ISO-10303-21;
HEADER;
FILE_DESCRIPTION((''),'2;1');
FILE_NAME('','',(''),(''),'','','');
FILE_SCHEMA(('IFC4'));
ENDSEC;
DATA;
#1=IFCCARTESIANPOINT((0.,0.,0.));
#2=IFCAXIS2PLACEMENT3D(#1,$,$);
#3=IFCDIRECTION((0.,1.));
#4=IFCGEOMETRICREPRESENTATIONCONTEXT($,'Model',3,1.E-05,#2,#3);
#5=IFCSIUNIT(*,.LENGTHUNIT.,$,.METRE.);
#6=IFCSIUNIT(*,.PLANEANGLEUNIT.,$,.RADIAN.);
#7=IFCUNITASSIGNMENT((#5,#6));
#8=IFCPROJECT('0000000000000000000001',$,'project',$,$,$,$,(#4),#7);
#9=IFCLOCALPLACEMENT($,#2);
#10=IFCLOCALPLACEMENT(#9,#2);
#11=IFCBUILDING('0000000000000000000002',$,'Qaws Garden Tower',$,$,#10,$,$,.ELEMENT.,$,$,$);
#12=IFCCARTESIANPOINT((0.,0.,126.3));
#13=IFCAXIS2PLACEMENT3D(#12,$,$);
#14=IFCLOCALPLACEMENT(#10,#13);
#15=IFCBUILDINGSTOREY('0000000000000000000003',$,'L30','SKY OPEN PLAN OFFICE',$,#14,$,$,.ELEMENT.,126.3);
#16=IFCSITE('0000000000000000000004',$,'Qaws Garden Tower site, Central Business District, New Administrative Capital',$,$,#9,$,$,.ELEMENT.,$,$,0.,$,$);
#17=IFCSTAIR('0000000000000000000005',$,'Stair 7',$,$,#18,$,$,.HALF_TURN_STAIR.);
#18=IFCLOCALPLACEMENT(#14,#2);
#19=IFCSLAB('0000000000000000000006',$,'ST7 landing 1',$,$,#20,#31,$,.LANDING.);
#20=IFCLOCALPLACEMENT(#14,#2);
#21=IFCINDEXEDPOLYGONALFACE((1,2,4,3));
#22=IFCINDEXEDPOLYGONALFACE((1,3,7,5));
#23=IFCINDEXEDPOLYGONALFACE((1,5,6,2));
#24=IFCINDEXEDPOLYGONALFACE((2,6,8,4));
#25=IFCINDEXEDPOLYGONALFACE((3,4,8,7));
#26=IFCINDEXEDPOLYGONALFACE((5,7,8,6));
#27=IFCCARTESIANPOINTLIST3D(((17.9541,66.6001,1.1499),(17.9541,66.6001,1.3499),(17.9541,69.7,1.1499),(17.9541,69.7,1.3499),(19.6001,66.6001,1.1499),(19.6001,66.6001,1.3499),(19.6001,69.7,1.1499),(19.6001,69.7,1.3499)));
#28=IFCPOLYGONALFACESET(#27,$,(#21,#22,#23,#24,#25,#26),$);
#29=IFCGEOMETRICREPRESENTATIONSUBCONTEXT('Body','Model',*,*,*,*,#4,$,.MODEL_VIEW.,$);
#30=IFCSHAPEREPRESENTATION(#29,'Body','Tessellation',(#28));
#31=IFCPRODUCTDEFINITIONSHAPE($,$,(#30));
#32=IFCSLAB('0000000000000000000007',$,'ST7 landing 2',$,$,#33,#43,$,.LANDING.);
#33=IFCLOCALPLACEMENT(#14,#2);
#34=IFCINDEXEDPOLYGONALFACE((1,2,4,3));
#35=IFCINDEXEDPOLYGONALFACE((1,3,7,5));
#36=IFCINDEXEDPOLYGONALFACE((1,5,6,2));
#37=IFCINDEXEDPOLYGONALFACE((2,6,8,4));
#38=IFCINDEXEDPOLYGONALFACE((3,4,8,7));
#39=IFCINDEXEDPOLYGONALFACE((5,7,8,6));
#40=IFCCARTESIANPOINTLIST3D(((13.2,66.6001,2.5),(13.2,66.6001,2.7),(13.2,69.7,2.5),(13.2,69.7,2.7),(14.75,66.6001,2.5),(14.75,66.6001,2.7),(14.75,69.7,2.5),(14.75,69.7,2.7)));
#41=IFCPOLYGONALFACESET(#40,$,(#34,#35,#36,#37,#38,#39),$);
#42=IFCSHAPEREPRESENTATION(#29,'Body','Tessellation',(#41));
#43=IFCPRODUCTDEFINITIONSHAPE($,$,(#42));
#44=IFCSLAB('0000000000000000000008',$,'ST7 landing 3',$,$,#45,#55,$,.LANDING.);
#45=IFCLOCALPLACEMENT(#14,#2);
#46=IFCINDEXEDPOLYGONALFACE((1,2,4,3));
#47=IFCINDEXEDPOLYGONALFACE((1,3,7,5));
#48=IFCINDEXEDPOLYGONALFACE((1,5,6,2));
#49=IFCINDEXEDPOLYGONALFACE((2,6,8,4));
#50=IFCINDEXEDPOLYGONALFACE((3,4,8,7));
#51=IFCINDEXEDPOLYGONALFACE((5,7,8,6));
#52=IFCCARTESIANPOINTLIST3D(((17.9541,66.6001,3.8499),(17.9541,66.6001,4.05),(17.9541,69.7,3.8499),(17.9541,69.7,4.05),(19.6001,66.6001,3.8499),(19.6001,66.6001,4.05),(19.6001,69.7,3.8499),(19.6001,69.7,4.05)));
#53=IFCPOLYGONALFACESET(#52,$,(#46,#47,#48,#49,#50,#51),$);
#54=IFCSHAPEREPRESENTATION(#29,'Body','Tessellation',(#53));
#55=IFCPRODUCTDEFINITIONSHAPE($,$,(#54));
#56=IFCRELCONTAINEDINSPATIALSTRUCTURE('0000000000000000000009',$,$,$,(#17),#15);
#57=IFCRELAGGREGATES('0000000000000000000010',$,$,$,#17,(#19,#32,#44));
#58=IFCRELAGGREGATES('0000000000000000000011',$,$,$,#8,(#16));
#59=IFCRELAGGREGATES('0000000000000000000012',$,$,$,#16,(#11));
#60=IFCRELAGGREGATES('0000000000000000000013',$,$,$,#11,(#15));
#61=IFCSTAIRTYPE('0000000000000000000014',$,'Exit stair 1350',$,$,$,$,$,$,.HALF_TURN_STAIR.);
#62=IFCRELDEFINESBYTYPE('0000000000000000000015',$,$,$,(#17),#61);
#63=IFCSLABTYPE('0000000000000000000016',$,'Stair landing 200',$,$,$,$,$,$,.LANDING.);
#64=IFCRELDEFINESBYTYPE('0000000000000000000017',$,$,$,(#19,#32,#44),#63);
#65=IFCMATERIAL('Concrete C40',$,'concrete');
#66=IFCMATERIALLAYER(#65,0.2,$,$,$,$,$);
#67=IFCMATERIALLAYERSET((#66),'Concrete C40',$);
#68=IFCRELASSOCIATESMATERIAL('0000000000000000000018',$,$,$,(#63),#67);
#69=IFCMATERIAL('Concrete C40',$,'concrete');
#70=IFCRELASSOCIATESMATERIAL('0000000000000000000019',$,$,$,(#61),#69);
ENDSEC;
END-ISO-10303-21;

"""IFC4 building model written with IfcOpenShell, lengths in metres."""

from ifc_helpers import new_model, si_unit, direction, frame, origin, place, context, subcontext, project, spatial, polyline, outline, extrude, material, layer, layer_set, type_object, element, aggregate, save


model = new_model("IFC4")

# Units and contexts
model_context = context("Model", 3, precision=1e-05, world=origin(), true_north=direction((0.0, 1.0)))
body_context = subcontext(model_context, "Body", "Model", "MODEL_VIEW")
ifc_project = project(units=[si_unit("LENGTHUNIT", "METRE"), si_unit("PLANEANGLEUNIT", "RADIAN")], contexts=[model_context])

# Site, building, storey
site_placement = place(None, origin())
site = spatial("IfcSite", under=ifc_project, at=site_placement, Name="Qaws Garden Tower site, Central Business District, New Administrative Capital", CompositionType="ELEMENT", RefElevation=0.0)
building_placement = place(site_placement, origin())
building = spatial("IfcBuilding", under=site, at=building_placement, Name="Qaws Garden Tower", CompositionType="ELEMENT")
storey_placement = place(building_placement, frame((0.0, 0.0, 126.3)))
storey = spatial("IfcBuildingStorey", under=building, at=storey_placement, Name="L30", Description="SKY OPEN PLAN OFFICE", CompositionType="ELEMENT", Elevation=126.3)

# Stair, slabs
placement_1 = place(storey_placement, origin())
ifc_material_1 = material(Name="Concrete C40", Category="concrete")
ifc_layer = layer(ifc_material_1, 0.2)
ifc_layer_set = layer_set([ifc_layer], Name="Concrete C40")
slab_type = type_object("IfcSlabType", Name="Stair landing 200", PredefinedType="LANDING", material=ifc_layer_set)
placement_2 = place(storey_placement, frame((0.0, 0.0, 1.1499)))
placement_3 = place(storey_placement, frame((0.0, 0.0, 2.5)))
placement_4 = place(storey_placement, frame((0.0, 0.0, 3.8499)))
ifc_material_2 = material(Name="Concrete C40", Category="concrete")
stair_type_1 = type_object("IfcStairType", Name="Exit stair 1350", PredefinedType="HALF_TURN_STAIR", material=ifc_material_2)
stair_1 = element("IfcStair", 1, at=placement_1, inside=storey, type_object=stair_type_1, Name="Stair 7", PredefinedType="HALF_TURN_STAIR")
slab_1 = element("IfcSlab", 2, at=placement_2, type_object=slab_type, Name="ST7 landing 1", PredefinedType="LANDING", context=body_context, shape_type="SweptSolid", body=[
    extrude(outline(polyline([(17.9541, 66.6001), (19.6001, 66.6001), (19.6001, 69.7), (17.9541, 69.7), (17.9541, 66.6001)])), origin(), (0.0, 0.0, 1.0), 0.2),
])
slab_2 = element("IfcSlab", 3, at=placement_3, type_object=slab_type, Name="ST7 landing 2", PredefinedType="LANDING", context=body_context, shape_type="SweptSolid", body=[
    extrude(outline(polyline([(13.2, 66.6001), (14.75, 66.6001), (14.75, 69.7), (13.2, 69.7), (13.2, 66.6001)])), origin(), (0.0, 0.0, 1.0), 0.2),
])
slab_3 = element("IfcSlab", 4, at=placement_4, type_object=slab_type, Name="ST7 landing 3", PredefinedType="LANDING", context=body_context, shape_type="SweptSolid", body=[
    extrude(outline(polyline([(17.9541, 66.6001), (19.6001, 66.6001), (19.6001, 69.7), (17.9541, 69.7), (17.9541, 66.6001)])), origin(), (0.0, 0.0, 1.0), 0.2002),
])
aggregate(stair_1, [slab_1, slab_2, slab_3])

save(model, "model.ifc")
